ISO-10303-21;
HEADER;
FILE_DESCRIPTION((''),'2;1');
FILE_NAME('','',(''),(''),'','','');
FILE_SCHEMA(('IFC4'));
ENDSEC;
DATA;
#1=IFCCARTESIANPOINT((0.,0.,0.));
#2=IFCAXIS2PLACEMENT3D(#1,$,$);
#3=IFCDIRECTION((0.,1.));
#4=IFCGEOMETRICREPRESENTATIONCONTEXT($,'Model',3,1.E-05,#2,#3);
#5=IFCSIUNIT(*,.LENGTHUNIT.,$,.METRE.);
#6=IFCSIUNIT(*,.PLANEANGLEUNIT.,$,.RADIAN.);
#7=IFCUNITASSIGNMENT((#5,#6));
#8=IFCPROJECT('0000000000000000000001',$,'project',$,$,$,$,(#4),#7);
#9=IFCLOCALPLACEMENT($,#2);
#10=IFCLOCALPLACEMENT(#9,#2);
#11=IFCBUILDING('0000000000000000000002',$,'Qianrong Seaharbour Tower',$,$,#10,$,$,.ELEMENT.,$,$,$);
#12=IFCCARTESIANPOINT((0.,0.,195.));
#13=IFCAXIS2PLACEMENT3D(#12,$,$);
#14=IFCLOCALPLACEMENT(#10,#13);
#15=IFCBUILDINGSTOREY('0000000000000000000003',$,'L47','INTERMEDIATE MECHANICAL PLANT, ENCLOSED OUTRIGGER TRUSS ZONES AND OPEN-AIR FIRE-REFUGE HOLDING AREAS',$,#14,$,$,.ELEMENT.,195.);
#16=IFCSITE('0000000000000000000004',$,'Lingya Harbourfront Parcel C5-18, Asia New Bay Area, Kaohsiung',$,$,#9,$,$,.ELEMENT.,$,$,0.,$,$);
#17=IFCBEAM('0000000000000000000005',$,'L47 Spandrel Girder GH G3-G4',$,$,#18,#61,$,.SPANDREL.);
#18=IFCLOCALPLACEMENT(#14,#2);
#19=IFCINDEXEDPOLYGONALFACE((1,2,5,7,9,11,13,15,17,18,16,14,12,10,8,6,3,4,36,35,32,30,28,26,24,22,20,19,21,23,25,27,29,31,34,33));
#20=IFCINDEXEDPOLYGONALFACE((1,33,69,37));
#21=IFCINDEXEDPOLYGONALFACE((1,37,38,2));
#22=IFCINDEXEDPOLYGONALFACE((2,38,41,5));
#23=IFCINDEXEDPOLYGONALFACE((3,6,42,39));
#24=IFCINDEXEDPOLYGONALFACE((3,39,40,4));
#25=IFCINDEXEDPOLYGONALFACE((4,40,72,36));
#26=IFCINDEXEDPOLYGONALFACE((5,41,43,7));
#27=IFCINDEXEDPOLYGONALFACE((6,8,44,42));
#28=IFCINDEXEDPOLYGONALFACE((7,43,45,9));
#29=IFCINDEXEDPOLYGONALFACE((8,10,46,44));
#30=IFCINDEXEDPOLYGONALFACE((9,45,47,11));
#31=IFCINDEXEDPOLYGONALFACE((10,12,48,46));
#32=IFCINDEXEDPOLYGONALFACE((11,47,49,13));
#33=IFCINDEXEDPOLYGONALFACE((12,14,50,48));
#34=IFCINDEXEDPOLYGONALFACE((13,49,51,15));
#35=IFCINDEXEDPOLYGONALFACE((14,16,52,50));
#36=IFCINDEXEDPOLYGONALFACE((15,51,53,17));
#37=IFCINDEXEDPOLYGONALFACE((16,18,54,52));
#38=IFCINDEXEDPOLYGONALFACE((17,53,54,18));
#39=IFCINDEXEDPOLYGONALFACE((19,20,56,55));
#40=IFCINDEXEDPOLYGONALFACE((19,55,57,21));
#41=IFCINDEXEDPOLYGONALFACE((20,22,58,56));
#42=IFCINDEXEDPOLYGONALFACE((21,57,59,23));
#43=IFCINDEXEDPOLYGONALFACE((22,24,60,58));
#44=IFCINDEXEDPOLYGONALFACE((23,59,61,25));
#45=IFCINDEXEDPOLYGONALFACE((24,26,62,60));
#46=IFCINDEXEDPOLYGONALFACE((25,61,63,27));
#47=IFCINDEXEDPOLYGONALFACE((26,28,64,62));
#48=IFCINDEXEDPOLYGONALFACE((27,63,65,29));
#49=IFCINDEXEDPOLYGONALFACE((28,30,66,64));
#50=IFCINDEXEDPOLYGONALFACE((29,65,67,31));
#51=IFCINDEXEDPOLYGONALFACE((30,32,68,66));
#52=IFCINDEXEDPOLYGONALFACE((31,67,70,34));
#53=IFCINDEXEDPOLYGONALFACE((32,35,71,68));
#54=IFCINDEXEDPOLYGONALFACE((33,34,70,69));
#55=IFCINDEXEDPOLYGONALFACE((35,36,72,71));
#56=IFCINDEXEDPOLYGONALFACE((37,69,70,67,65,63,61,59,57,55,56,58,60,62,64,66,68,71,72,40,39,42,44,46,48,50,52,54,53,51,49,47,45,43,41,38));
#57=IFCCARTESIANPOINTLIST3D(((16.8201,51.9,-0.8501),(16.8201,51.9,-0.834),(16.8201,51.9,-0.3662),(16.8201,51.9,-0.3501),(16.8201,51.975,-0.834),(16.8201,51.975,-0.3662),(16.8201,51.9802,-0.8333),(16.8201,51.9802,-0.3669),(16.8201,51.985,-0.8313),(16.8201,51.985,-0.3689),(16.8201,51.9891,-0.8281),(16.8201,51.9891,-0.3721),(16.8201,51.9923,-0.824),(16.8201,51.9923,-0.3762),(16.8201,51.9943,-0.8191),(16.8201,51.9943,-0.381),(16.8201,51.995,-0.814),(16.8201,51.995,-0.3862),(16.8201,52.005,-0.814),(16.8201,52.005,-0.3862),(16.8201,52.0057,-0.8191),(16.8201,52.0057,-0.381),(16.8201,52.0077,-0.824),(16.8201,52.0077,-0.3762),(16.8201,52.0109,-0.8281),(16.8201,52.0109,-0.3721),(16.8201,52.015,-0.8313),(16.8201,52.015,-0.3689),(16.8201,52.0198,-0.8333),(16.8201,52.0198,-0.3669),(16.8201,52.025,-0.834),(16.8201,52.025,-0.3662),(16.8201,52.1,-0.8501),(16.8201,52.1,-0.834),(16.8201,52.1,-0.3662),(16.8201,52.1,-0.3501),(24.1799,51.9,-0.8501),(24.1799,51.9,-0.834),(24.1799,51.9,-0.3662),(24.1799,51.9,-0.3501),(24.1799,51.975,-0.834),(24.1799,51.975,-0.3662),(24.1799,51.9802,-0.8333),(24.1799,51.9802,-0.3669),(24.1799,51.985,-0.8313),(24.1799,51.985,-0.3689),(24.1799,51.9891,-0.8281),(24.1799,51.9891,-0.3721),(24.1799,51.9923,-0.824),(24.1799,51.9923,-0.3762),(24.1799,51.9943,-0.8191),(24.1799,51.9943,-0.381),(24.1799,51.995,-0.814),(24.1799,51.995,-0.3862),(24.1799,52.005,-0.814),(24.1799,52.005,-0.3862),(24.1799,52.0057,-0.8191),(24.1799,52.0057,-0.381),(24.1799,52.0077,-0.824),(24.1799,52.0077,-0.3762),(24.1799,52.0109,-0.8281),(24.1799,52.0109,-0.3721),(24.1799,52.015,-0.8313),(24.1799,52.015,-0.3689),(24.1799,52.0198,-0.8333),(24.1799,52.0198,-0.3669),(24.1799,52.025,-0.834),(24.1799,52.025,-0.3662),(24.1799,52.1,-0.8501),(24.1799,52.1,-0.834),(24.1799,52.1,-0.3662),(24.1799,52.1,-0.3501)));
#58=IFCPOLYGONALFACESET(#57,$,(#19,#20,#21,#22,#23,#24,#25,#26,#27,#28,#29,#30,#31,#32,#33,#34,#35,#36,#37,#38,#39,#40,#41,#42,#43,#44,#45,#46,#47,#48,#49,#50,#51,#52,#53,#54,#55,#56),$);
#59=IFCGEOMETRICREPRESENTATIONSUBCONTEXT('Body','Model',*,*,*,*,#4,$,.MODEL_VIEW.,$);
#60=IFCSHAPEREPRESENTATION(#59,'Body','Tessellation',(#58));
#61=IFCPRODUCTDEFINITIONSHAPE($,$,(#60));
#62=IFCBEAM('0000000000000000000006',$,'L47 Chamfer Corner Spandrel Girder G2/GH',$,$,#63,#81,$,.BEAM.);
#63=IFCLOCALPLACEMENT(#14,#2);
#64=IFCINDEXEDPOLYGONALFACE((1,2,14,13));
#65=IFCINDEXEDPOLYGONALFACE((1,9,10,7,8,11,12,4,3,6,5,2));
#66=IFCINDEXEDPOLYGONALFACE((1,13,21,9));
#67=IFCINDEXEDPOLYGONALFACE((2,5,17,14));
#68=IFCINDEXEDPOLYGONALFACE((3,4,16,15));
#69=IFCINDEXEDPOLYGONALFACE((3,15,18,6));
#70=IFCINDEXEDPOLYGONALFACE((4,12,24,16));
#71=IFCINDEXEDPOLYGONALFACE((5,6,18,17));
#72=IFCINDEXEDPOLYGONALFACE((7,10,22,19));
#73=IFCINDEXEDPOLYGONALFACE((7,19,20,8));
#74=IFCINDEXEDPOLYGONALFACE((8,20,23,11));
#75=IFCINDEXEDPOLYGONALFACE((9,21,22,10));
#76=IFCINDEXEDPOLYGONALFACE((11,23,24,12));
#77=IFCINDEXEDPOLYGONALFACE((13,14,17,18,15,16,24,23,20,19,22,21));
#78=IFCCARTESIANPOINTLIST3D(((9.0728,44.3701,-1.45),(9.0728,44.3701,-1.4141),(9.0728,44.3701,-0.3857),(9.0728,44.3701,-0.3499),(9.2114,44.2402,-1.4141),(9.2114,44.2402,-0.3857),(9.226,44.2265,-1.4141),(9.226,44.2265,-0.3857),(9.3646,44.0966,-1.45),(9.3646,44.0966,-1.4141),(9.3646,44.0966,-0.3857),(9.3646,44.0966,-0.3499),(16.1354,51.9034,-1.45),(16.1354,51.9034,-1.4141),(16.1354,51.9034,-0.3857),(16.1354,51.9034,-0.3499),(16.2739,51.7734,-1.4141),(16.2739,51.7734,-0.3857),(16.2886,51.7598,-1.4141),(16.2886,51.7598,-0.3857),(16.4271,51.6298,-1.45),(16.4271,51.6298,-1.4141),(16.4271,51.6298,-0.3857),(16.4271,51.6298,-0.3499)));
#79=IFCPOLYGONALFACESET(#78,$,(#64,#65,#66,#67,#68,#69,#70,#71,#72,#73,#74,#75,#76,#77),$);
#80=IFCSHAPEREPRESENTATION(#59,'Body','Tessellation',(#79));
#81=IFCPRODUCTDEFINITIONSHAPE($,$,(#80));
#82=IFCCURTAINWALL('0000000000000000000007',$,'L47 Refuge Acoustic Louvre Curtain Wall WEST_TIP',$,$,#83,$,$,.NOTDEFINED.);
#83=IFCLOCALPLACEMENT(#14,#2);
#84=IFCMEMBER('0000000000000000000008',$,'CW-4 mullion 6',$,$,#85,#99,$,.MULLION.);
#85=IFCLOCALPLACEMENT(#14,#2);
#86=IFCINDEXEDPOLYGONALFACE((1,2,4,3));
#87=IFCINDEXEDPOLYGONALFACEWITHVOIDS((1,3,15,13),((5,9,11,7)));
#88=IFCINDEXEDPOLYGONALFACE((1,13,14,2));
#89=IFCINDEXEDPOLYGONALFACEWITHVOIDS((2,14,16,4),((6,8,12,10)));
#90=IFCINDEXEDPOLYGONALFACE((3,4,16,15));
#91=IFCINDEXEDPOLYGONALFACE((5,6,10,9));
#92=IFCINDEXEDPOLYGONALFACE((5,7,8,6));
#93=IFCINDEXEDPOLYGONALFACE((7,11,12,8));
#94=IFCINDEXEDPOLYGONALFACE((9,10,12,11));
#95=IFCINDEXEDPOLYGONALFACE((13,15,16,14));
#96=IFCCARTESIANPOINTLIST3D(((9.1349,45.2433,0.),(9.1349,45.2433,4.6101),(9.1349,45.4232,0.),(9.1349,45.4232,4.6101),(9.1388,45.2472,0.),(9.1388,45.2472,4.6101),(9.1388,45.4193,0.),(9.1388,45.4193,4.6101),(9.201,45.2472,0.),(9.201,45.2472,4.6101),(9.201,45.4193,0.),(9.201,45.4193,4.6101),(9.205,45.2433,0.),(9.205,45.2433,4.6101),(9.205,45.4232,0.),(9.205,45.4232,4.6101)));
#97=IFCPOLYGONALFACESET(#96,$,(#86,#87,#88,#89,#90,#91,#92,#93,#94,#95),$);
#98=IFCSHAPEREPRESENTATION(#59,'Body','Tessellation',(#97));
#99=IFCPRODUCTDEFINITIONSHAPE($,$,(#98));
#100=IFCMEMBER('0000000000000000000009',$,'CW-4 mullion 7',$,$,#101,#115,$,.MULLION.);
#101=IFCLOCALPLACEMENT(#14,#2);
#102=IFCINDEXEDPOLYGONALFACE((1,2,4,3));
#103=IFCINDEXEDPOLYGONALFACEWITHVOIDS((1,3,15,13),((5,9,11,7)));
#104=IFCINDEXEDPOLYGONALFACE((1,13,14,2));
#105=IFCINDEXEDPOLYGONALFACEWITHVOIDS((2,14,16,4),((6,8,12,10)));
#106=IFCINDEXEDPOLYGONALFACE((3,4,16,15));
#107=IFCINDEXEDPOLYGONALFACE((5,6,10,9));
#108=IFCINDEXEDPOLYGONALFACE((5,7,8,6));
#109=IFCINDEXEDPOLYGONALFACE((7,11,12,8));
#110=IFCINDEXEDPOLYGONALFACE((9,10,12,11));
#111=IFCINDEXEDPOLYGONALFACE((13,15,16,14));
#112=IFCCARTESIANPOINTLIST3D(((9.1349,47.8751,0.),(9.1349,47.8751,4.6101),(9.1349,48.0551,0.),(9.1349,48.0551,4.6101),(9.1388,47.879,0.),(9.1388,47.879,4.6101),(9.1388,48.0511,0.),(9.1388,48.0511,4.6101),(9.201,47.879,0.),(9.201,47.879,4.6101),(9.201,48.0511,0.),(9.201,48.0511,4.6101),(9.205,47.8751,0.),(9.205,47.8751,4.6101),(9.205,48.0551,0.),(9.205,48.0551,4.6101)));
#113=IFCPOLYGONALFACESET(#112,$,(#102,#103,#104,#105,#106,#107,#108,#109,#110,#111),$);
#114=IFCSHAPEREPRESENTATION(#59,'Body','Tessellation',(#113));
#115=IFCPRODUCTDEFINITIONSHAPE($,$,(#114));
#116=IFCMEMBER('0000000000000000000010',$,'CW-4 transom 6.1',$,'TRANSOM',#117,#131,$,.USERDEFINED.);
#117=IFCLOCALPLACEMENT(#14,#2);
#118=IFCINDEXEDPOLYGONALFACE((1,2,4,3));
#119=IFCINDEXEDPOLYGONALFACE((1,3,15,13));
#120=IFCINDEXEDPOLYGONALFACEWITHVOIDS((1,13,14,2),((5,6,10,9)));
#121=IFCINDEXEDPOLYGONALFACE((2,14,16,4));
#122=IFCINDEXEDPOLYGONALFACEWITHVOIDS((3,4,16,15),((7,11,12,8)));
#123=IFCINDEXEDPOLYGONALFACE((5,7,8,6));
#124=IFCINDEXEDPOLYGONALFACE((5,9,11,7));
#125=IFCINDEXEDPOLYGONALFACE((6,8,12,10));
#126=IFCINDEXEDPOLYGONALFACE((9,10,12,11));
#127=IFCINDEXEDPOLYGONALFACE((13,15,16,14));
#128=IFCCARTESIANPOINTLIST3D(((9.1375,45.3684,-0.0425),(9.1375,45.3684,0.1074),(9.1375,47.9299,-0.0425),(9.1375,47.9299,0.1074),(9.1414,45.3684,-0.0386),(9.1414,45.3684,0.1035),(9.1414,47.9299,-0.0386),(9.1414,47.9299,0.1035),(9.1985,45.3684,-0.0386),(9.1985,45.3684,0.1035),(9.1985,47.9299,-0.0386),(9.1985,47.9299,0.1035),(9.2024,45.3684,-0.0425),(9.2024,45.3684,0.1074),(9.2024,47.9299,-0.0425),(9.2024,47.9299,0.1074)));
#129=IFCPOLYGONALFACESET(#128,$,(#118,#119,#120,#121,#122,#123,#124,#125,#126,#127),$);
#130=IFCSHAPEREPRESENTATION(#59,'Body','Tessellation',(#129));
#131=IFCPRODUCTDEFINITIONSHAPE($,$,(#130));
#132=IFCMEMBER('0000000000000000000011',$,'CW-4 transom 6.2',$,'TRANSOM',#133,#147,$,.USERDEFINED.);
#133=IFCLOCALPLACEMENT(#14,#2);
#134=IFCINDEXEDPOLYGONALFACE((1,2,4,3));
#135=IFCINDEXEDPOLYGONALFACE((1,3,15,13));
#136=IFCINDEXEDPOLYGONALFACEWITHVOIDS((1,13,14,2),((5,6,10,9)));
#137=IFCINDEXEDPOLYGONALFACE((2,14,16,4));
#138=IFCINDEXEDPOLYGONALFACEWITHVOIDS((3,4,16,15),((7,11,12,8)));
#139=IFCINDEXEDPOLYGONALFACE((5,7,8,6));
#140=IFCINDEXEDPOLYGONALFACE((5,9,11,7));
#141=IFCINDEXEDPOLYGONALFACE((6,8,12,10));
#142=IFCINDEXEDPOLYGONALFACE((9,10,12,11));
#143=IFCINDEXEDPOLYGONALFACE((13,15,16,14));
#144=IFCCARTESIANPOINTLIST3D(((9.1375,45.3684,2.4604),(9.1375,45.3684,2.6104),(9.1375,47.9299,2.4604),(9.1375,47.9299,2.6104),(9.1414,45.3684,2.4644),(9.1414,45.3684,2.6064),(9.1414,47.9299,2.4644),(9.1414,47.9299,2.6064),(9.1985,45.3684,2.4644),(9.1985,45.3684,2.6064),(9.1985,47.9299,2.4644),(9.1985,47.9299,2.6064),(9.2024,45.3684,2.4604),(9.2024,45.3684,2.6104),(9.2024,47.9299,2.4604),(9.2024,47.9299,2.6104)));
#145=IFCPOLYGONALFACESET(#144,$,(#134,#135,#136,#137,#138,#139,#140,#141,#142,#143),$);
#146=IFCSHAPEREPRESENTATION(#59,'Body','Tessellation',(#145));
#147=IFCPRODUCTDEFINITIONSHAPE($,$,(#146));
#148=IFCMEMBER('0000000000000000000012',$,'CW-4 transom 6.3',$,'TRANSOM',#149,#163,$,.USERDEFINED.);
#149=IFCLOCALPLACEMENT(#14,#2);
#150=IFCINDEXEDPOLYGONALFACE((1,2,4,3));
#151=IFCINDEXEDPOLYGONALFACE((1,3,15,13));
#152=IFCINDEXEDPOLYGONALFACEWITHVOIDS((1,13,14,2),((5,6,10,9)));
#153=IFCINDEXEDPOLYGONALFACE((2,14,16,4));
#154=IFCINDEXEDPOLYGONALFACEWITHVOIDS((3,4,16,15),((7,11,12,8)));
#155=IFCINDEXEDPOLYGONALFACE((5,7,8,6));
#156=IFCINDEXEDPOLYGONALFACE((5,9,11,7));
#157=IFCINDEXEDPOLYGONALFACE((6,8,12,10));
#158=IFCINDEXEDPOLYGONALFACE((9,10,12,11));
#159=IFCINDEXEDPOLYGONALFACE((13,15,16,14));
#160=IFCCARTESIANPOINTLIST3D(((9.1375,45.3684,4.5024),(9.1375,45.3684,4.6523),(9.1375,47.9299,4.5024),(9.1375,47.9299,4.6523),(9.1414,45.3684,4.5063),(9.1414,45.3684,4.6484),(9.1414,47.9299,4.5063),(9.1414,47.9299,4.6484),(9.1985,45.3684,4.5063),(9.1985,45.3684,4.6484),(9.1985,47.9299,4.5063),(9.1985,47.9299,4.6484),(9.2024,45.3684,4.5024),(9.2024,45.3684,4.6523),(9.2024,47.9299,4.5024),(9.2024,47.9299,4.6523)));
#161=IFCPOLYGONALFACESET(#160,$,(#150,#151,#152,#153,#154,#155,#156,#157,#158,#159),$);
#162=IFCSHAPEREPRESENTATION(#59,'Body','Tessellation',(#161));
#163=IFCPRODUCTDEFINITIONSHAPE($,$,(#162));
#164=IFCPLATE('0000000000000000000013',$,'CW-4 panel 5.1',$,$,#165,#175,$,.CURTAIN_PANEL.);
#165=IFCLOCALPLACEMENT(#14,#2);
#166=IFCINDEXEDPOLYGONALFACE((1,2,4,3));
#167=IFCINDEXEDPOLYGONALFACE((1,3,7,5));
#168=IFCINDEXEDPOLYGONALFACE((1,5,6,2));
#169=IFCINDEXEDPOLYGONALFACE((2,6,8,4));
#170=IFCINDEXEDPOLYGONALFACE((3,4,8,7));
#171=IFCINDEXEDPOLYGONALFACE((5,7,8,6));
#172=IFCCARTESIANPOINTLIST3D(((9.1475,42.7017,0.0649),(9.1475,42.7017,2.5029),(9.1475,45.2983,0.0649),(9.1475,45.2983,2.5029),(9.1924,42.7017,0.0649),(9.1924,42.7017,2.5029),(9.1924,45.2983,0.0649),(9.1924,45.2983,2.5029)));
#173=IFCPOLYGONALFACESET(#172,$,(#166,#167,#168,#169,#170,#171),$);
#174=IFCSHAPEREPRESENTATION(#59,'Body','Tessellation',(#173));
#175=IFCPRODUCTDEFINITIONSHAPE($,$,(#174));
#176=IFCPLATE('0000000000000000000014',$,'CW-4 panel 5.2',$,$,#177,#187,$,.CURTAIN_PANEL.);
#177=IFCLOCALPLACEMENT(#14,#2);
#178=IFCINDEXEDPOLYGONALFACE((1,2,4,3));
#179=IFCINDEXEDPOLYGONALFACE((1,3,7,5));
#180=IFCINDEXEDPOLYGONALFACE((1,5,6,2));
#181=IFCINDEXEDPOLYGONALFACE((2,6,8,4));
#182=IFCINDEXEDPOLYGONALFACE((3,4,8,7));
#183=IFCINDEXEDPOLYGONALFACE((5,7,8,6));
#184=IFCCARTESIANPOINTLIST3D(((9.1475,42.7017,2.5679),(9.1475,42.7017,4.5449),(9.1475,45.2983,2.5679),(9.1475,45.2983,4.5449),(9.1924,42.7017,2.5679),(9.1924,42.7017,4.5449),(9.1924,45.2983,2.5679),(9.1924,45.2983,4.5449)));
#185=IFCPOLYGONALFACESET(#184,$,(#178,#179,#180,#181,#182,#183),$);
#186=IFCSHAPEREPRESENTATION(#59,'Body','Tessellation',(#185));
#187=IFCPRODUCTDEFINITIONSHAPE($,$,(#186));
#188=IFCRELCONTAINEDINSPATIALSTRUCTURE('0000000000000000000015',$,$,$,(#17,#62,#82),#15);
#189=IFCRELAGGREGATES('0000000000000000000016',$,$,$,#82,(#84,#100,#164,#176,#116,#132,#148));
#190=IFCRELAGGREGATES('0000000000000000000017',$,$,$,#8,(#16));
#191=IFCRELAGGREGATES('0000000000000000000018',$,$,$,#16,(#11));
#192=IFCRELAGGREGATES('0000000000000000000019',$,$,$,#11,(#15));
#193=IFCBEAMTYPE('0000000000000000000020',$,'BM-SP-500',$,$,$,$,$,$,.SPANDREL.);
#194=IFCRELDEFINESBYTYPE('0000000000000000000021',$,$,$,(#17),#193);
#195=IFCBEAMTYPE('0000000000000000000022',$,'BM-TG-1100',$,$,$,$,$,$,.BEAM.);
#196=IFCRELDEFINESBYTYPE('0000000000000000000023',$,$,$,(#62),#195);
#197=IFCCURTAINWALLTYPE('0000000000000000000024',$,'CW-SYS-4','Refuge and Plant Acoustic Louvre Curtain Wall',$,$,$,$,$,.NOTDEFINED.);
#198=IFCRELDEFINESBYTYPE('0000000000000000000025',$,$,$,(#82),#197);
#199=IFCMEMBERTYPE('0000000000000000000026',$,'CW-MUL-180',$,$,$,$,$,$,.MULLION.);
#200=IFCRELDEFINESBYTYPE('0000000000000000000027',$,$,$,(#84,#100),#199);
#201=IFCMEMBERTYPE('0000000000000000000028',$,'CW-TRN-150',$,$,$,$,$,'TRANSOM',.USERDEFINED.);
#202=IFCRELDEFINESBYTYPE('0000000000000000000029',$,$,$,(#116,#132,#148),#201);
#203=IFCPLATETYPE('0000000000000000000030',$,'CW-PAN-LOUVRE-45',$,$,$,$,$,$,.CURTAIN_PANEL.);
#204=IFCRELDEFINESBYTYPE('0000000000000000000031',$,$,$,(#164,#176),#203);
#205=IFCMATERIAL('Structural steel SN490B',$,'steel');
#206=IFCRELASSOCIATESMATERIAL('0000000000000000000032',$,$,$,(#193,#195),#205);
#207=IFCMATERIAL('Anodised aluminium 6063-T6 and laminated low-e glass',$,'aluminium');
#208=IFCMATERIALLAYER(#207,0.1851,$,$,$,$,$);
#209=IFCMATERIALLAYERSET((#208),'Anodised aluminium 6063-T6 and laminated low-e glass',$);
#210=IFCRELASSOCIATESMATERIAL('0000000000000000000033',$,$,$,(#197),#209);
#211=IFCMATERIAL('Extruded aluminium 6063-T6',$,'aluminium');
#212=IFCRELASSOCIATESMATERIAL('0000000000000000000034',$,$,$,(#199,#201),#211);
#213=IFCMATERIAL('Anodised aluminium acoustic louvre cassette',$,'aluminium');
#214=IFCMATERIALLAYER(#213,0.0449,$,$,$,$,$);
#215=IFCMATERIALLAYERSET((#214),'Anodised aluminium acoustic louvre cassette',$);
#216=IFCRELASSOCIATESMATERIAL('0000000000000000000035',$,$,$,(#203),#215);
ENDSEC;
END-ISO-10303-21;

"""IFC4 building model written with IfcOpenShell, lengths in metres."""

from ifc_helpers import new_model, si_unit, direction, frame, origin, origin_2d, place, context, subcontext, project, spatial, rectangle, hollow_rectangle, i_section, extrude, material, layer, layer_set, material_profile, profile_set, type_object, element, aggregate, save


model = new_model("IFC4")

# Units and contexts
model_context = context("Model", 3, precision=1e-05, world=origin(), true_north=direction((0.0, 1.0)))
body_context = subcontext(model_context, "Body", "Model", "MODEL_VIEW")
ifc_project = project(units=[si_unit("LENGTHUNIT", "METRE"), si_unit("PLANEANGLEUNIT", "RADIAN")], contexts=[model_context])

# Site, building, storey
site_placement = place(None, origin())
site = spatial("IfcSite", under=ifc_project, at=site_placement, Name="Lingya Harbourfront Parcel C5-18, Asia New Bay Area, Kaohsiung", CompositionType="ELEMENT", RefElevation=0.0)
building_placement = place(site_placement, origin())
building = spatial("IfcBuilding", under=site, at=building_placement, Name="Qianrong Seaharbour Tower", CompositionType="ELEMENT")
storey_placement = place(building_placement, frame((0.0, 0.0, 195.0)))
storey = spatial("IfcBuildingStorey", under=building, at=storey_placement, Name="L47", Description="INTERMEDIATE MECHANICAL PLANT, ENCLOSED OUTRIGGER TRUSS ZONES AND OPEN-AIR FIRE-REFUGE HOLDING AREAS", CompositionType="ELEMENT", Elevation=195.0)

# Shared definitions
ifc_material_1 = material(Name="Structural steel SN490B", Category="steel")

# Beams
ifc_material_profile_1 = material_profile(ifc_material_1, i_section(OverallWidth=0.2, OverallDepth=0.5, WebThickness=0.01, FlangeThickness=0.0161, FilletRadius=0.02, at=origin_2d()), Name="H500x200x10x16")
ifc_profile_set_1 = profile_set([ifc_material_profile_1], Name="Structural steel SN490B")
beam_type_1 = type_object("IfcBeamType", Name="BM-SP-500", PredefinedType="SPANDREL", material=ifc_profile_set_1)
beam_1_placement = place(storey_placement, frame((16.8201, 52.0, -0.6001), z_axis=(1.0, 0.0, 0.0), x_axis=(0.0, 1.0, 0.0)))
element("IfcBeam", 1, at=beam_1_placement, inside=storey, type_object=beam_type_1, Name="L47 Spandrel Girder GH G3-G4", PredefinedType="SPANDREL", context=body_context, shape_type="SweptSolid", body=[
    extrude(i_section(OverallWidth=0.2, OverallDepth=0.5, WebThickness=0.01, FlangeThickness=0.0161, FilletRadius=0.02, at=origin_2d()), origin(), (0.0, 0.0, 1.0), 7.3599),
])
ifc_material_profile_2 = material_profile(ifc_material_1, i_section(OverallWidth=0.3999, OverallDepth=1.1001, WebThickness=0.02, FlangeThickness=0.0359, at=origin_2d()), Name="BH1100x400x20x36")
ifc_profile_set_2 = profile_set([ifc_material_profile_2], Name="Structural steel SN490B")
beam_type_2 = type_object("IfcBeamType", Name="BM-TG-1100", PredefinedType="BEAM", material=ifc_profile_set_2)
beam_2_placement = place(storey_placement, frame((16.2812, 51.7666, -0.8999), z_axis=(-0.683947, -0.729531, 0.0), x_axis=(0.729531, -0.683947, 0.0)))
element("IfcBeam", 2, at=beam_2_placement, inside=storey, type_object=beam_type_2, Name="L47 Chamfer Corner Spandrel Girder G2/GH", PredefinedType="BEAM", context=body_context, shape_type="SweptSolid", body=[
    extrude(i_section(OverallWidth=0.3999, OverallDepth=1.1001, WebThickness=0.02, FlangeThickness=0.0359, at=origin_2d()), origin(), (0.0, 0.0, 1.0), 10.3262),
])

# Curtain wall, members, plates
ifc_material_2 = material(Name="Anodised aluminium 6063-T6 and laminated low-e glass", Category="aluminium")
ifc_layer_1 = layer(ifc_material_2, 0.1851)
ifc_layer_set_1 = layer_set([ifc_layer_1], Name="Anodised aluminium 6063-T6 and laminated low-e glass")
curtain_wall_type = type_object("IfcCurtainWallType", Name="CW-SYS-4", Description="Refuge and Plant Acoustic Louvre Curtain Wall", PredefinedType="NOTDEFINED", material=ifc_layer_set_1)
curtain_wall_placement = place(storey_placement, origin())
curtain_wall = element("IfcCurtainWall", 3, at=curtain_wall_placement, inside=storey, type_object=curtain_wall_type, Name="L47 Refuge Acoustic Louvre Curtain Wall WEST_TIP", PredefinedType="NOTDEFINED")
ifc_material_3 = material(Name="Extruded aluminium 6063-T6", Category="aluminium")
ifc_material_profile_3 = material_profile(ifc_material_3, hollow_rectangle(XDim=0.0701, YDim=0.1799, WallThickness=0.0039, at=origin_2d()), Name="ALU-MUL-180x70x4")
ifc_profile_set_3 = profile_set([ifc_material_profile_3], Name="Extruded aluminium 6063-T6")
member_type_1 = type_object("IfcMemberType", Name="CW-MUL-180", PredefinedType="MULLION", material=ifc_profile_set_3)
member_1_placement = place(storey_placement, frame((9.1699, 45.3333, 0.0), z_axis=(0.0, 0.0, 1.0), x_axis=(-1.0, 0.0, 0.0)))
member_1 = element("IfcMember", 4, at=member_1_placement, type_object=member_type_1, Name="CW-4 mullion 6", PredefinedType="MULLION", context=body_context, shape_type="SweptSolid", body=[
    extrude(hollow_rectangle(XDim=0.0701, YDim=0.1799, WallThickness=0.0039, at=origin_2d()), origin(), (0.0, 0.0, 1.0), 4.6101),
])
member_2_placement = place(storey_placement, frame((9.1699, 47.9651, 0.0), z_axis=(0.0, 0.0, 1.0), x_axis=(-1.0, 0.0, 0.0)))
member_2 = element("IfcMember", 5, at=member_2_placement, type_object=member_type_1, Name="CW-4 mullion 7", PredefinedType="MULLION", context=body_context, shape_type="SweptSolid", body=[
    extrude(hollow_rectangle(XDim=0.0701, YDim=0.1799, WallThickness=0.0039, at=origin_2d()), origin(), (0.0, 0.0, 1.0), 4.6101),
])
ifc_material_profile_4 = material_profile(ifc_material_3, hollow_rectangle(XDim=0.0649, YDim=0.1499, WallThickness=0.0039, at=origin_2d()), Name="ALU-TRN-150x65x4")
ifc_profile_set_4 = profile_set([ifc_material_profile_4], Name="Extruded aluminium 6063-T6")
member_type_2 = type_object("IfcMemberType", Name="CW-TRN-150", ElementType="TRANSOM", PredefinedType="USERDEFINED", material=ifc_profile_set_4)
member_3_placement = place(storey_placement, frame((9.1699, 45.3684, 0.0325), z_axis=(0.0, 1.0, 0.0), x_axis=(-1.0, 0.0, 0.0)))
member_3 = element("IfcMember", 6, at=member_3_placement, type_object=member_type_2, Name="CW-4 transom 6.1", ObjectType="TRANSOM", PredefinedType="USERDEFINED", context=body_context, shape_type="SweptSolid", body=[
    extrude(hollow_rectangle(XDim=0.0649, YDim=0.1499, WallThickness=0.0039, at=origin_2d()), origin(), (0.0, 0.0, 1.0), 2.5615),
])
member_4_placement = place(storey_placement, frame((9.1699, 45.3684, 2.5354), z_axis=(0.0, 1.0, 0.0), x_axis=(-1.0, 0.0, 0.0)))
member_4 = element("IfcMember", 7, at=member_4_placement, type_object=member_type_2, Name="CW-4 transom 6.2", ObjectType="TRANSOM", PredefinedType="USERDEFINED", context=body_context, shape_type="SweptSolid", body=[
    extrude(hollow_rectangle(XDim=0.0649, YDim=0.1499, WallThickness=0.0039, at=origin_2d()), origin(), (0.0, 0.0, 1.0), 2.5615),
])
member_5_placement = place(storey_placement, frame((9.1699, 45.3684, 4.5774), z_axis=(0.0, 1.0, 0.0), x_axis=(-1.0, 0.0, 0.0)))
member_5 = element("IfcMember", 8, at=member_5_placement, type_object=member_type_2, Name="CW-4 transom 6.3", ObjectType="TRANSOM", PredefinedType="USERDEFINED", context=body_context, shape_type="SweptSolid", body=[
    extrude(hollow_rectangle(XDim=0.0649, YDim=0.1499, WallThickness=0.0039, at=origin_2d()), origin(), (0.0, 0.0, 1.0), 2.5615),
])
ifc_material_4 = material(Name="Anodised aluminium acoustic louvre cassette", Category="aluminium")
ifc_layer_2 = layer(ifc_material_4, 0.0449)
ifc_layer_set_2 = layer_set([ifc_layer_2], Name="Anodised aluminium acoustic louvre cassette")
plate_type = type_object("IfcPlateType", Name="CW-PAN-LOUVRE-45", PredefinedType="CURTAIN_PANEL", material=ifc_layer_set_2)
plate_1_placement = place(storey_placement, frame((9.1699, 44.0, 0.0649), z_axis=(0.0, 0.0, 1.0), x_axis=(0.0, 1.0, 0.0)))
plate_1 = element("IfcPlate", 9, at=plate_1_placement, type_object=plate_type, Name="CW-4 panel 5.1", PredefinedType="CURTAIN_PANEL", context=body_context, shape_type="SweptSolid", body=[
    extrude(rectangle(XDim=2.5967, YDim=0.0449, at=origin_2d()), origin(), (0.0, 0.0, 1.0), 2.438),
])
plate_2_placement = place(storey_placement, frame((9.1699, 44.0, 2.5679), z_axis=(0.0, 0.0, 1.0), x_axis=(0.0, 1.0, 0.0)))
plate_2 = element("IfcPlate", 10, at=plate_2_placement, type_object=plate_type, Name="CW-4 panel 5.2", PredefinedType="CURTAIN_PANEL", context=body_context, shape_type="SweptSolid", body=[
    extrude(rectangle(XDim=2.5967, YDim=0.0449, at=origin_2d()), origin(), (0.0, 0.0, 1.0), 1.9771),
])
aggregate(curtain_wall, [member_1, member_2, plate_1, plate_2, member_3, member_4, member_5])

save(model, "model.ifc")
